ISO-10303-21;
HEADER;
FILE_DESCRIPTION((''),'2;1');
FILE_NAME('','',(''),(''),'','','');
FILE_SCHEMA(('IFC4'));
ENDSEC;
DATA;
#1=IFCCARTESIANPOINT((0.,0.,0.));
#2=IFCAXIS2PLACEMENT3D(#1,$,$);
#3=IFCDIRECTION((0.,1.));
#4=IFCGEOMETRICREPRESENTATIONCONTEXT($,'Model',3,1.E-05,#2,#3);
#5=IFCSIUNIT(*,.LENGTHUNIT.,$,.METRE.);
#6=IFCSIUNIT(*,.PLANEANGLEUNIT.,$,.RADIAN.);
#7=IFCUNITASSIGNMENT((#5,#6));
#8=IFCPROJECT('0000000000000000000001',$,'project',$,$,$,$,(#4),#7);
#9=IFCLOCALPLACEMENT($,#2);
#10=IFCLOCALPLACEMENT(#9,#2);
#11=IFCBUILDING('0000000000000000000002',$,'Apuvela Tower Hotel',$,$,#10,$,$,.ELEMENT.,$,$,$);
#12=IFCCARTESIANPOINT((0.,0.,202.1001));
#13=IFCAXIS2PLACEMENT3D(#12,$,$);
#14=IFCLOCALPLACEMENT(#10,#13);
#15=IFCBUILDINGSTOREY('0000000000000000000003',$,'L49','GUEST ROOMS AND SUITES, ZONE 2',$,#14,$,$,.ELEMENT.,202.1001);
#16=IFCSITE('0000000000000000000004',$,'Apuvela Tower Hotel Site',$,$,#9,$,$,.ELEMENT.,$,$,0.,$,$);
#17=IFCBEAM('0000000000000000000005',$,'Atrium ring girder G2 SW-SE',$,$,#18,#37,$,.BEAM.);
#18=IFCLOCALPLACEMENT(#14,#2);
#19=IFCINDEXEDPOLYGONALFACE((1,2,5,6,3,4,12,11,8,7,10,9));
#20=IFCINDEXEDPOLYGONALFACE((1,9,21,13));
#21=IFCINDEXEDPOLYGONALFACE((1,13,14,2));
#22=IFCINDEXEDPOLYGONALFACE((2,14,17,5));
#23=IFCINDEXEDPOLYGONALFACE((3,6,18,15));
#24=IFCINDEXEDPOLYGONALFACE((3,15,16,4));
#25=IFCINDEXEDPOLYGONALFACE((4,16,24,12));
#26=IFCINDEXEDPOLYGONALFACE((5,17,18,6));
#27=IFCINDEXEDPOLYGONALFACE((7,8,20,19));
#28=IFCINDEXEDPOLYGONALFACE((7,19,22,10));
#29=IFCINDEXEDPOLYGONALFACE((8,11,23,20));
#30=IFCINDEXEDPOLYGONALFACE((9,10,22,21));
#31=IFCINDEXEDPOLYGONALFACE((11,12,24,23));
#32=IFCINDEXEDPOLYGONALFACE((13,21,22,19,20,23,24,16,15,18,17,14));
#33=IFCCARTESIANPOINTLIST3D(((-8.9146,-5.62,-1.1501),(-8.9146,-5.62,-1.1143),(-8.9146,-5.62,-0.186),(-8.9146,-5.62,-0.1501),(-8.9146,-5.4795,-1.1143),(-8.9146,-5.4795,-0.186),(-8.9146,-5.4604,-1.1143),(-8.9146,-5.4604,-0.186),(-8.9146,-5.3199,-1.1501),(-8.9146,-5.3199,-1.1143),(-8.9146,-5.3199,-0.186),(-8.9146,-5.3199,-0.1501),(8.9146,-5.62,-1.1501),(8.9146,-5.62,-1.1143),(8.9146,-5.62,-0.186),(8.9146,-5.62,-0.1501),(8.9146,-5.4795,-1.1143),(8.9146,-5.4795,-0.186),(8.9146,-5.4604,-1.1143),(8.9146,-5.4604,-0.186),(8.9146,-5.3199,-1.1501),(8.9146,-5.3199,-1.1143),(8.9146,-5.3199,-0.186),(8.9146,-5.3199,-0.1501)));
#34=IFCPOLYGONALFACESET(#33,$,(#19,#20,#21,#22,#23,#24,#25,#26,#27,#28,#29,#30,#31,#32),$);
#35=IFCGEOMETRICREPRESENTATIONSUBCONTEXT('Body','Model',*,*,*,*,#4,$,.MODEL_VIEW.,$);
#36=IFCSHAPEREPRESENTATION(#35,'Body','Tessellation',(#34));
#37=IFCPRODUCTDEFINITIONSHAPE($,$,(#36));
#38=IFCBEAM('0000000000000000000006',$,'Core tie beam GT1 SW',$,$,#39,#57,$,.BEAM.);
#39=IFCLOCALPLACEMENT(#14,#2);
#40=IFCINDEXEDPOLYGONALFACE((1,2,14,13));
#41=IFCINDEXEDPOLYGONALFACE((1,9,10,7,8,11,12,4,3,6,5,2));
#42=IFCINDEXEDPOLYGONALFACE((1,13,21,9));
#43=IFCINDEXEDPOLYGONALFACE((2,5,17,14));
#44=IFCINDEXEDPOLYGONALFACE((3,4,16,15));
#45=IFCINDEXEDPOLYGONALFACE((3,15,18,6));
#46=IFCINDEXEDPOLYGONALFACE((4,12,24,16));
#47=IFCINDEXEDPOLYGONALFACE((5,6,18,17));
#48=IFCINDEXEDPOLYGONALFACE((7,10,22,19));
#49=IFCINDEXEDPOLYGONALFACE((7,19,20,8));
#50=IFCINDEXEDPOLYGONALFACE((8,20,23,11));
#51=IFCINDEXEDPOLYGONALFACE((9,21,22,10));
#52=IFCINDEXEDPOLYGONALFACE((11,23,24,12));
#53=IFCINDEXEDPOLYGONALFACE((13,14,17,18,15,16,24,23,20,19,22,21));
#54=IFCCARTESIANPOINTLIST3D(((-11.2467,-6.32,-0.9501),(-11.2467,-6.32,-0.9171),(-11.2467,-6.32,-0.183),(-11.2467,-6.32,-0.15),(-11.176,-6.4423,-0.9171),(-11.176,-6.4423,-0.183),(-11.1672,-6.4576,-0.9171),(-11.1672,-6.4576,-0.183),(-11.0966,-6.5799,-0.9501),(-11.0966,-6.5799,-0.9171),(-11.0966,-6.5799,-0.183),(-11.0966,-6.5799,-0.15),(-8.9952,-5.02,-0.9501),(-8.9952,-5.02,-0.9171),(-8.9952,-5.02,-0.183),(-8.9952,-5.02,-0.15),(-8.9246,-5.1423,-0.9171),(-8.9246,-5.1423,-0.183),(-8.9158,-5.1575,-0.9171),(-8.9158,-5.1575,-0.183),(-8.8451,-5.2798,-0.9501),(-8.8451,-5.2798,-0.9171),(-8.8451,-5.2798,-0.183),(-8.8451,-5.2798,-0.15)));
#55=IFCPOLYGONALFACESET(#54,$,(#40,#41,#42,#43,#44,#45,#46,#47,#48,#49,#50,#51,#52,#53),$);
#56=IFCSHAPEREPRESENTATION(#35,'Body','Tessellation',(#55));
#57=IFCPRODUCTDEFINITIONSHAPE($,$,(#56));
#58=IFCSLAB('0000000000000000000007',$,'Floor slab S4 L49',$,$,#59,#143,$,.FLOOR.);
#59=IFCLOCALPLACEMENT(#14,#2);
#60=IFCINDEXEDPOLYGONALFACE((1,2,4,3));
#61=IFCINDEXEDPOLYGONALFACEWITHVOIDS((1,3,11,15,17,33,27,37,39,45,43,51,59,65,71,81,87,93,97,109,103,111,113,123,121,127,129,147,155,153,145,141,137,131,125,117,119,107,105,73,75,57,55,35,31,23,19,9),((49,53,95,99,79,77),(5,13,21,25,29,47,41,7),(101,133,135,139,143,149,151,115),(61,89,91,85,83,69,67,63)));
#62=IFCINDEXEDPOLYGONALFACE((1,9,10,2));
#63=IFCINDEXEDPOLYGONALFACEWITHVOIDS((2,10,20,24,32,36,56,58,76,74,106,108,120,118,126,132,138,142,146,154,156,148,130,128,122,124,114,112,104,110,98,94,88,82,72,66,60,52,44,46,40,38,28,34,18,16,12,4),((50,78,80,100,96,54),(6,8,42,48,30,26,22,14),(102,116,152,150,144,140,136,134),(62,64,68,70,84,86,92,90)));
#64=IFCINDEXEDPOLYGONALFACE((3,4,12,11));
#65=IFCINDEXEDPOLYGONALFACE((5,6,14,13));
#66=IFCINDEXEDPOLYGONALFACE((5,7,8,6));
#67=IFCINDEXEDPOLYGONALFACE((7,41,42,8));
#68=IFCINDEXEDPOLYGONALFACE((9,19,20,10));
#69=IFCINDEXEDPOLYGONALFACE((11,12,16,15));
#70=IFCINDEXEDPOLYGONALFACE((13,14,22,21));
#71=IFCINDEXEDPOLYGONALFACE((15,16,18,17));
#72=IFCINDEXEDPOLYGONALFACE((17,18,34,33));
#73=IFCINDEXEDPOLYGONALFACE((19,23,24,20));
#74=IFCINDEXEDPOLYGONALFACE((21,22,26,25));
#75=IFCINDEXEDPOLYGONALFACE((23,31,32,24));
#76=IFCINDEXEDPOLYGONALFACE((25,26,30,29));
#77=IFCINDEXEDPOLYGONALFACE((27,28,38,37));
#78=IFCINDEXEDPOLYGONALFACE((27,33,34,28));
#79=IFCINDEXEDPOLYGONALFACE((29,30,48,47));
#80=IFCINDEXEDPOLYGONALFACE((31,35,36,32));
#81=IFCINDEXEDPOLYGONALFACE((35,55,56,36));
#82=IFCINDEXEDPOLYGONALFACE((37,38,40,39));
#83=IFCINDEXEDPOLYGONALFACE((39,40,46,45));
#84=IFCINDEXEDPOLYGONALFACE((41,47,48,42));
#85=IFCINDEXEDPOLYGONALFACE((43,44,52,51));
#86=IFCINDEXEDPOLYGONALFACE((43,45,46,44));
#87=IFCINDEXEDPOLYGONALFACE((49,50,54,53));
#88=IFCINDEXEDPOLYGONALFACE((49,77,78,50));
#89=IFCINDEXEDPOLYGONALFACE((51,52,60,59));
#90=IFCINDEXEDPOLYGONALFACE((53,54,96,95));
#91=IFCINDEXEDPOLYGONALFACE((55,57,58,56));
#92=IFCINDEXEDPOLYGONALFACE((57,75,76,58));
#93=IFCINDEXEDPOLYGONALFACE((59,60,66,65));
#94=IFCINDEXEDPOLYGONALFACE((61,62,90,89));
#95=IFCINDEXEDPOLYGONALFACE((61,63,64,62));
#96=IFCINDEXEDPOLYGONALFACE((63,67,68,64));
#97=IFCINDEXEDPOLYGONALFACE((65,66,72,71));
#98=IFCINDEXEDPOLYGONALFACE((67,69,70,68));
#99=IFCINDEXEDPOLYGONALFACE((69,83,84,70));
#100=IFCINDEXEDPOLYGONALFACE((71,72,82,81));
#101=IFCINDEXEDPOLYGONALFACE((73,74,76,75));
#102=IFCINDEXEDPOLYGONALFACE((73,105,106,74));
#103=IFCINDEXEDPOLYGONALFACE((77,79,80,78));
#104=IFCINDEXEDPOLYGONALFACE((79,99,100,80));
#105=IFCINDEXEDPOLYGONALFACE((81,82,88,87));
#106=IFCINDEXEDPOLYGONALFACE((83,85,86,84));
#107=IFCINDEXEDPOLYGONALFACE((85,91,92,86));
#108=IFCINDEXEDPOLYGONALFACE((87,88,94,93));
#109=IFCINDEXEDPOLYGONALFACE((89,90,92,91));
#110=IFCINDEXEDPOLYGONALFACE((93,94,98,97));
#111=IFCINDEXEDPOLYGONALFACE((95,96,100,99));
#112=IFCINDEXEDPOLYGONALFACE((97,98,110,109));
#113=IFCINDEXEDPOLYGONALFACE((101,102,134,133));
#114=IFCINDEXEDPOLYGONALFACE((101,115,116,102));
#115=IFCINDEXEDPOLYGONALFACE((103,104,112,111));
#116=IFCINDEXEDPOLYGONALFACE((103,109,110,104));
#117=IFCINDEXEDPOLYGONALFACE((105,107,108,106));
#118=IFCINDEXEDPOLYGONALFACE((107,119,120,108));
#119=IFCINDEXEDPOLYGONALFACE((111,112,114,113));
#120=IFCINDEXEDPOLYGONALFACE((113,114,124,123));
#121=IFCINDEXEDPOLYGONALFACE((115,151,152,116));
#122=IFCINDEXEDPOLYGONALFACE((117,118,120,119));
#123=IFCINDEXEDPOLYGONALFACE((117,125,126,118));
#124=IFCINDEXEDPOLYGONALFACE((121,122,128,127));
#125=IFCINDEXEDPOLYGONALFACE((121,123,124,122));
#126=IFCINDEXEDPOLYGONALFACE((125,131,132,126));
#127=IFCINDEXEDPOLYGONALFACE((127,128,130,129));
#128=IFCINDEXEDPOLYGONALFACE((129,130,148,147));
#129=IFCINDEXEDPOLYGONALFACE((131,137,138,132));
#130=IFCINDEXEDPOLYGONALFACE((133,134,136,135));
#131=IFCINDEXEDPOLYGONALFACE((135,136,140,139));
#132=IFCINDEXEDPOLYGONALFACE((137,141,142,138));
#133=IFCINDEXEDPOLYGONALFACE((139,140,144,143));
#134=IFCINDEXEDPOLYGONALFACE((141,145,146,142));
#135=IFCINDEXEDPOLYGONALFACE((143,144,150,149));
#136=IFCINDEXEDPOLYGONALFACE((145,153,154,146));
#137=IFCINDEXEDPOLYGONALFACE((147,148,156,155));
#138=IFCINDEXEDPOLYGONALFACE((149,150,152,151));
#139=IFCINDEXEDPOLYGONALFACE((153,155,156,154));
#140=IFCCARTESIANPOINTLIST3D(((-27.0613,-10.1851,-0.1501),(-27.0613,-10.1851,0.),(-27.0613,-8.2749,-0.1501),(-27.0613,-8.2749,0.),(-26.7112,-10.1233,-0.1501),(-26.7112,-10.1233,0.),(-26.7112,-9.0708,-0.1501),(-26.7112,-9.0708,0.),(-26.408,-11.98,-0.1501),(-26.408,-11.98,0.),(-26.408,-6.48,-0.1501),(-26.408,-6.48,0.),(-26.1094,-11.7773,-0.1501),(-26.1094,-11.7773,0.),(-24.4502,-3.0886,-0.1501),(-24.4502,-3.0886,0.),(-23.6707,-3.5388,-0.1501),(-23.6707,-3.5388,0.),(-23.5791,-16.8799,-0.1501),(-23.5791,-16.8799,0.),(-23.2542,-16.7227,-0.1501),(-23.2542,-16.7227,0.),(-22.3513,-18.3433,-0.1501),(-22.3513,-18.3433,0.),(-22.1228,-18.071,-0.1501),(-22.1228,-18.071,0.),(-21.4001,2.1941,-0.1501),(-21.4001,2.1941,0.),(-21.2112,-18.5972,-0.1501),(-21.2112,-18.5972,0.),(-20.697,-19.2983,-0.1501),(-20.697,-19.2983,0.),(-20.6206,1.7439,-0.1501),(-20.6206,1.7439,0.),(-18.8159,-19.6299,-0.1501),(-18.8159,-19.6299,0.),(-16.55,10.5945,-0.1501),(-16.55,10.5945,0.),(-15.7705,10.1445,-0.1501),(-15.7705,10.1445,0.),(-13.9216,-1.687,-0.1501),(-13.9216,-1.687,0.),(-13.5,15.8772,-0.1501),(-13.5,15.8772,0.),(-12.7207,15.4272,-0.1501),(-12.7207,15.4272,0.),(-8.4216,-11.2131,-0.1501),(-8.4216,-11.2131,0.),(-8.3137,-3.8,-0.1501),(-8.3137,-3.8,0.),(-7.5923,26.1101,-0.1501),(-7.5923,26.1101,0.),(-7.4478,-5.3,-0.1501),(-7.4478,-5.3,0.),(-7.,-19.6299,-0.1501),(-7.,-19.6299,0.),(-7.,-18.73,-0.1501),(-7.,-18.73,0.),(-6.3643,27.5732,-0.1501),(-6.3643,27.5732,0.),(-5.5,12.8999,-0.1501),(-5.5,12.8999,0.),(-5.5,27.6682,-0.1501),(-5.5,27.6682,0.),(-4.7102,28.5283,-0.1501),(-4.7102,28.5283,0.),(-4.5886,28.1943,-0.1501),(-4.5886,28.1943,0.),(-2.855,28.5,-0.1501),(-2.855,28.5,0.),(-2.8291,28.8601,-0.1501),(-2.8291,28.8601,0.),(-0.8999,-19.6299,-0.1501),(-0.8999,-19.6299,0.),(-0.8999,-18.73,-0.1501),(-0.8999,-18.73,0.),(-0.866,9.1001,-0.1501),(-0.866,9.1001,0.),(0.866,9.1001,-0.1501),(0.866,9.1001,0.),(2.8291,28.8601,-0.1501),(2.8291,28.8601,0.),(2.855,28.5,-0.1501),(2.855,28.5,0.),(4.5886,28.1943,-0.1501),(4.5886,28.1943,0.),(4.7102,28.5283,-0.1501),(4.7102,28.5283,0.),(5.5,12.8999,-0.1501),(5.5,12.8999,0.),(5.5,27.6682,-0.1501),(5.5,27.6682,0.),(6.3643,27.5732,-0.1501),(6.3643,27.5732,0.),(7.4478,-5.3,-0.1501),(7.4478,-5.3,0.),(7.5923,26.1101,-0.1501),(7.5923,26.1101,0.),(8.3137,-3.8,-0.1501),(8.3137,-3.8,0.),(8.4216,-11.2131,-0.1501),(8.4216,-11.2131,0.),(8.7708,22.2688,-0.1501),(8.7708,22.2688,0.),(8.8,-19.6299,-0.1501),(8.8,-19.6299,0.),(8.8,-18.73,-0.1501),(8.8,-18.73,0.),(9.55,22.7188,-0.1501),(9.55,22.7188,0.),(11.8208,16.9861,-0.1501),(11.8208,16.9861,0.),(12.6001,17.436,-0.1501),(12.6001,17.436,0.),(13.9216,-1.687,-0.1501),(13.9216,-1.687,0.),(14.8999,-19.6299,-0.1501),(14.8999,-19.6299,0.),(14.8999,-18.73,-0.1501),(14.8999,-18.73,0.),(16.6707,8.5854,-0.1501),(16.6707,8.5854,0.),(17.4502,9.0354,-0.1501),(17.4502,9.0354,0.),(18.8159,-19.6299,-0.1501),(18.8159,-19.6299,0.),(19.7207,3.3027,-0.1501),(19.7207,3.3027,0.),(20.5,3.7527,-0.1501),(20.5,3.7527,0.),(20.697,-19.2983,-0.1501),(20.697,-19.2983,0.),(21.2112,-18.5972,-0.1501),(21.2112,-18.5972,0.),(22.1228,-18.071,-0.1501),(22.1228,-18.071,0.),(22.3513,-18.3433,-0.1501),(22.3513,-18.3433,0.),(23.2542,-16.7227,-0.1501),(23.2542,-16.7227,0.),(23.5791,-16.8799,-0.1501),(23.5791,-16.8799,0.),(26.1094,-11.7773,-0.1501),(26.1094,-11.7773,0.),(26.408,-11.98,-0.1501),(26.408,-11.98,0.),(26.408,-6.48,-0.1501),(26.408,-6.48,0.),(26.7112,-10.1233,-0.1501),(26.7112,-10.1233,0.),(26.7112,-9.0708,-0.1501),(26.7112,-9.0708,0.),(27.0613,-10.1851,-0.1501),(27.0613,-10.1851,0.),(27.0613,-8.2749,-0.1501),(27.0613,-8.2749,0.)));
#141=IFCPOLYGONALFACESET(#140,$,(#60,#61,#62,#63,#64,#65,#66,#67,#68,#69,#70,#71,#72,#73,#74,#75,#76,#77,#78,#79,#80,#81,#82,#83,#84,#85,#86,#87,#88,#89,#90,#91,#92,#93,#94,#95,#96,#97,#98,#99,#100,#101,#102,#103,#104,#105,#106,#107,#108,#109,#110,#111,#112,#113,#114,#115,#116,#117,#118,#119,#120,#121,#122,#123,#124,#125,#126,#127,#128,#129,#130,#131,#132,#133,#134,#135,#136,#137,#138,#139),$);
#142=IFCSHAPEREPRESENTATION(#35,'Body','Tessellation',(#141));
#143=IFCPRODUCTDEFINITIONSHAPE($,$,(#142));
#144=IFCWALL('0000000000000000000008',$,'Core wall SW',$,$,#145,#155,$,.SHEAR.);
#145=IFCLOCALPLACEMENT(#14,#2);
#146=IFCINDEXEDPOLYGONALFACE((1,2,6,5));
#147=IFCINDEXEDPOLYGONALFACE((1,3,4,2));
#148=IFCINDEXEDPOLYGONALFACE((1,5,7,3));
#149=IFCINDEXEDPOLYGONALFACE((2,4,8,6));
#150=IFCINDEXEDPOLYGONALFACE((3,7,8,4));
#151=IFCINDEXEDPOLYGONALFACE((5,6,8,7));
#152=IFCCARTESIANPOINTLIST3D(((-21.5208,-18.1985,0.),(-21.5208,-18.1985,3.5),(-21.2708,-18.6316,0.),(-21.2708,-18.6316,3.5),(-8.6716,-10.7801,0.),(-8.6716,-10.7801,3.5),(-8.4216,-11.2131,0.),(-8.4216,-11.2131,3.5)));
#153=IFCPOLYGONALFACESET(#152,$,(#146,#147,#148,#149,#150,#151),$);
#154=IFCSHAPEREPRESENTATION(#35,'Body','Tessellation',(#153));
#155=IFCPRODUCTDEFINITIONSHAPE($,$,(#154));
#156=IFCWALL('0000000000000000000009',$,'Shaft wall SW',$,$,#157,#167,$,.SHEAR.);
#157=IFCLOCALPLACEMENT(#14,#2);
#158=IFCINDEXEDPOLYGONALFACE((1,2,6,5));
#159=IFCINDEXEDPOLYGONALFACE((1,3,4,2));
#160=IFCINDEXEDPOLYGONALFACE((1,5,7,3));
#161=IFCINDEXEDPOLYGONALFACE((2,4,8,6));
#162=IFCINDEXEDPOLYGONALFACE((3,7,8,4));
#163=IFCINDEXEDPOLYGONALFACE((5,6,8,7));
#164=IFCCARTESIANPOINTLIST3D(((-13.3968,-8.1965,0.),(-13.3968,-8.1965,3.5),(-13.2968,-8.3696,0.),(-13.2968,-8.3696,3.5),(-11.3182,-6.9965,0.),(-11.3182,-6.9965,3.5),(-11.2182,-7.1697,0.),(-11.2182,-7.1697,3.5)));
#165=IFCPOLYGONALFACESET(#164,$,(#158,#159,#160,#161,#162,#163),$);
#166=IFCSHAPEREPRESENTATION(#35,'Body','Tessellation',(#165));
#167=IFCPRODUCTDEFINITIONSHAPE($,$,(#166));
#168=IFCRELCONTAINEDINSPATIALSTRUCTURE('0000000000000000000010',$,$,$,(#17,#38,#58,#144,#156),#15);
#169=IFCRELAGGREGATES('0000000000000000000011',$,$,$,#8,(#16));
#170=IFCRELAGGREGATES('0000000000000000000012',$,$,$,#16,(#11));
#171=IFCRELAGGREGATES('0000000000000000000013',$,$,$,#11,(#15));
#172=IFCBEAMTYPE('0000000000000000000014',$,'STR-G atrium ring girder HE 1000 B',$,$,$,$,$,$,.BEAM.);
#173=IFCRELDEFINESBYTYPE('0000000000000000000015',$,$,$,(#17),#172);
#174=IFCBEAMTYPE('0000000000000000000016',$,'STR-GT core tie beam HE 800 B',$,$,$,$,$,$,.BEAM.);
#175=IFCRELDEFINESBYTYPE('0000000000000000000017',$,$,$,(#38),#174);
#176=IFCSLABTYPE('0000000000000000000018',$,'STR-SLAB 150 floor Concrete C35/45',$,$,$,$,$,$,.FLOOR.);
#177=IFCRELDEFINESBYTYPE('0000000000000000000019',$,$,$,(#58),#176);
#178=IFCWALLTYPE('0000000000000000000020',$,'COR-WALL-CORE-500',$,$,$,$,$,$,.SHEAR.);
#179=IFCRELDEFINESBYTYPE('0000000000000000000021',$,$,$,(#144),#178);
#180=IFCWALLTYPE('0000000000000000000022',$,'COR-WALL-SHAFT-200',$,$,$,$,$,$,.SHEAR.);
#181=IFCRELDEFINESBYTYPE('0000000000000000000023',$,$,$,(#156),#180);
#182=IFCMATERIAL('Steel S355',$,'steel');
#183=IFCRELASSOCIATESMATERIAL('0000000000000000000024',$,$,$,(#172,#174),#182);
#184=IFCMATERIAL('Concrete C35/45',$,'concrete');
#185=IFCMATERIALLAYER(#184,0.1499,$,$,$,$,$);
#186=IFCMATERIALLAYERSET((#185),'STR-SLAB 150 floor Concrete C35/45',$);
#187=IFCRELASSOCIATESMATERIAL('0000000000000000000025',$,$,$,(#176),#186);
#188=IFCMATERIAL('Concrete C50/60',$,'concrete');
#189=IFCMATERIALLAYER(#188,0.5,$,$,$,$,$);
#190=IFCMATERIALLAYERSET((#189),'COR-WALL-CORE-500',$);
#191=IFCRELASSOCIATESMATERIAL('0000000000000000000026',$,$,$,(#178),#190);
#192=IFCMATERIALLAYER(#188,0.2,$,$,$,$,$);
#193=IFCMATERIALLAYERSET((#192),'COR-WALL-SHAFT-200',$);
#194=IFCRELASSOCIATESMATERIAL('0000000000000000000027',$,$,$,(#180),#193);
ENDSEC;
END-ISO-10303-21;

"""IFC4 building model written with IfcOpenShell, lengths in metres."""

from ifc_helpers import new_model, si_unit, direction, frame, frame_2d, origin, origin_2d, place, context, subcontext, project, spatial, polyline, rectangle, i_section, outline, extrude, material, layer, layer_set, material_profile, profile_set, type_object, element, save


model = new_model("IFC4")

# Units and contexts
model_context = context("Model", 3, precision=1e-05, world=origin(), true_north=direction((0.0, 1.0)))
body_context = subcontext(model_context, "Body", "Model", "MODEL_VIEW")
ifc_project = project(units=[si_unit("LENGTHUNIT", "METRE"), si_unit("PLANEANGLEUNIT", "RADIAN")], contexts=[model_context])

# Site, building, storey
site_placement = place(None, origin())
site = spatial("IfcSite", under=ifc_project, at=site_placement, Name="Apuvela Tower Hotel Site", CompositionType="ELEMENT", RefElevation=0.0)
building_placement = place(site_placement, origin())
building = spatial("IfcBuilding", under=site, at=building_placement, Name="Apuvela Tower Hotel", CompositionType="ELEMENT")
storey_placement = place(building_placement, frame((0.0, 0.0, 202.1001)))
storey = spatial("IfcBuildingStorey", under=building, at=storey_placement, Name="L49", Description="GUEST ROOMS AND SUITES, ZONE 2", CompositionType="ELEMENT", Elevation=202.1001)

# Beams
ifc_material_1 = material(Name="Steel S355", Category="steel")
ifc_material_profile_1 = material_profile(ifc_material_1, i_section(OverallWidth=0.3, OverallDepth=1.0, WebThickness=0.019, FlangeThickness=0.0359, at=origin_2d()), Name="HE 1000 B")
ifc_profile_set_1 = profile_set([ifc_material_profile_1], Name="Steel S355")
beam_type_1 = type_object("IfcBeamType", Name="STR-G atrium ring girder HE 1000 B", PredefinedType="BEAM", material=ifc_profile_set_1)
beam_1_placement = place(storey_placement, frame((-8.9146, -5.47, -0.6501), z_axis=(1.0, 0.0, 0.0), x_axis=(0.0, 1.0, 0.0)))
element("IfcBeam", 1, at=beam_1_placement, inside=storey, type_object=beam_type_1, Name="Atrium ring girder G2 SW-SE", PredefinedType="BEAM", context=body_context, shape_type="SweptSolid", body=[
    extrude(i_section(OverallWidth=0.3, OverallDepth=1.0, WebThickness=0.019, FlangeThickness=0.0359, at=origin_2d()), origin(), (0.0, 0.0, 1.0), 17.8291),
])
ifc_material_profile_2 = material_profile(ifc_material_1, i_section(OverallWidth=0.3, OverallDepth=0.8, WebThickness=0.0176, FlangeThickness=0.033, at=origin_2d()), Name="HE 800 B")
ifc_profile_set_2 = profile_set([ifc_material_profile_2], Name="Steel S355")
beam_type_2 = type_object("IfcBeamType", Name="STR-GT core tie beam HE 800 B", PredefinedType="BEAM", material=ifc_profile_set_2)
beam_2_placement = place(storey_placement, frame((-11.1716, -6.45, -0.55), z_axis=(0.865998, 0.500048, 0.0), x_axis=(-0.500048, 0.865998, 0.0)))
element("IfcBeam", 2, at=beam_2_placement, inside=storey, type_object=beam_type_2, Name="Core tie beam GT1 SW", PredefinedType="BEAM", context=body_context, shape_type="SweptSolid", body=[
    extrude(i_section(OverallWidth=0.3, OverallDepth=0.8, WebThickness=0.0176, FlangeThickness=0.033, at=origin_2d()), origin(), (0.0, 0.0, 1.0), 2.5999),
])

# Slab
ifc_material_2 = material(Name="Concrete C35/45", Category="concrete")
ifc_layer_1 = layer(ifc_material_2, 0.1499)
ifc_layer_set_1 = layer_set([ifc_layer_1], Name="STR-SLAB 150 floor Concrete C35/45")
slab_type = type_object("IfcSlabType", Name="STR-SLAB 150 floor Concrete C35/45", PredefinedType="FLOOR", material=ifc_layer_set_1)
slab_placement = place(storey_placement, frame((0.0, 0.0, -0.1501)))
element("IfcSlab", 3, at=slab_placement, inside=storey, type_object=slab_type, Name="Floor slab S4 L49", PredefinedType="FLOOR", context=body_context, shape_type="SweptSolid", body=[
    extrude(outline(polyline([(-6.3643, 27.5732), (-4.7102, 28.5283), (-2.8291, 28.8601), (2.8291, 28.8601), (4.7102, 28.5283), (6.3643, 27.5732), (7.5923, 26.1101), (9.55, 22.7188), (8.7708, 22.2688), (11.8208, 16.9861), (12.6001, 17.436), (17.4502, 9.0354), (16.6707, 8.5854), (19.7207, 3.3027), (20.5, 3.7527), (26.408, -6.48), (27.0613, -8.2749), (27.0613, -10.1851), (26.408, -11.98), (23.5791, -16.8799), (22.3513, -18.3433), (20.697, -19.2983), (18.8159, -19.6299), (14.8999, -19.6299), (14.8999, -18.73), (8.8, -18.73), (8.8, -19.6299), (-0.8999, -19.6299), (-0.8999, -18.73), (-7.0, -18.73), (-7.0, -19.6299), (-18.8159, -19.6299), (-20.697, -19.2983), (-22.3513, -18.3433), (-23.5791, -16.8799), (-26.408, -11.98), (-27.0613, -10.1851), (-27.0613, -8.2749), (-26.408, -6.48), (-24.4502, -3.0886), (-23.6707, -3.5388), (-20.6206, 1.7439), (-21.4001, 2.1941), (-16.55, 10.5945), (-15.7705, 10.1445), (-12.7207, 15.4272), (-13.5, 15.8772), (-7.5923, 26.1101), (-6.3643, 27.5732)]), holes=[polyline([(0.866, 9.1001), (-0.866, 9.1001), (-8.3137, -3.8), (-7.4478, -5.3), (7.4478, -5.3), (8.3137, -3.8), (0.866, 9.1001)]), polyline([(-5.5, 12.8999), (-5.5, 27.6682), (-4.5886, 28.1943), (-2.855, 28.5), (2.855, 28.5), (4.5886, 28.1943), (5.5, 27.6682), (5.5, 12.8999), (-5.5, 12.8999)]), polyline([(-8.4216, -11.2131), (-21.2112, -18.5972), (-22.1228, -18.071), (-23.2542, -16.7227), (-26.1094, -11.7773), (-26.7112, -10.1233), (-26.7112, -9.0708), (-13.9216, -1.687), (-8.4216, -11.2131)]), polyline([(13.9216, -1.687), (26.7112, -9.0708), (26.7112, -10.1233), (26.1094, -11.7773), (23.2542, -16.7227), (22.1228, -18.071), (21.2112, -18.5972), (8.4216, -11.2131), (13.9216, -1.687)])]), origin(), (0.0, 0.0, 1.0), 0.1501),
])

# Walls
ifc_material_3 = material(Name="Concrete C50/60", Category="concrete")
ifc_layer_2 = layer(ifc_material_3, 0.5)
ifc_layer_set_2 = layer_set([ifc_layer_2], Name="COR-WALL-CORE-500")
wall_type_1 = type_object("IfcWallType", Name="COR-WALL-CORE-500", PredefinedType="SHEAR", material=ifc_layer_set_2)
wall_1_placement = place(storey_placement, frame((-8.5466, -10.9966, 0.0), z_axis=(0.0, 0.0, 1.0), x_axis=(-0.866025, -0.500001, 0.0)))
element("IfcWall", 4, at=wall_1_placement, inside=storey, type_object=wall_type_1, Name="Core wall SW", PredefinedType="SHEAR", context=body_context, shape_type="SweptSolid", body=[
    extrude(rectangle(XDim=14.8369, YDim=0.5, at=frame_2d((7.4185, 0.0))), origin(), (0.0, 0.0, 1.0), 3.5),
])
ifc_layer_3 = layer(ifc_material_3, 0.2)
ifc_layer_set_3 = layer_set([ifc_layer_3], Name="COR-WALL-SHAFT-200")
wall_type_2 = type_object("IfcWallType", Name="COR-WALL-SHAFT-200", PredefinedType="SHEAR", material=ifc_layer_set_3)
wall_2_placement = place(storey_placement, frame((-11.2681, -7.083, 0.0), z_axis=(0.0, 0.0, 1.0), x_axis=(-0.86605, -0.499957, 0.0)))
element("IfcWall", 5, at=wall_2_placement, inside=storey, type_object=wall_type_2, Name="Shaft wall SW", PredefinedType="SHEAR", context=body_context, shape_type="SweptSolid", body=[
    extrude(rectangle(XDim=2.4001, YDim=0.2, at=frame_2d((1.2002, 0.0))), origin(), (0.0, 0.0, 1.0), 3.5),
])

save(model, "model.ifc")
